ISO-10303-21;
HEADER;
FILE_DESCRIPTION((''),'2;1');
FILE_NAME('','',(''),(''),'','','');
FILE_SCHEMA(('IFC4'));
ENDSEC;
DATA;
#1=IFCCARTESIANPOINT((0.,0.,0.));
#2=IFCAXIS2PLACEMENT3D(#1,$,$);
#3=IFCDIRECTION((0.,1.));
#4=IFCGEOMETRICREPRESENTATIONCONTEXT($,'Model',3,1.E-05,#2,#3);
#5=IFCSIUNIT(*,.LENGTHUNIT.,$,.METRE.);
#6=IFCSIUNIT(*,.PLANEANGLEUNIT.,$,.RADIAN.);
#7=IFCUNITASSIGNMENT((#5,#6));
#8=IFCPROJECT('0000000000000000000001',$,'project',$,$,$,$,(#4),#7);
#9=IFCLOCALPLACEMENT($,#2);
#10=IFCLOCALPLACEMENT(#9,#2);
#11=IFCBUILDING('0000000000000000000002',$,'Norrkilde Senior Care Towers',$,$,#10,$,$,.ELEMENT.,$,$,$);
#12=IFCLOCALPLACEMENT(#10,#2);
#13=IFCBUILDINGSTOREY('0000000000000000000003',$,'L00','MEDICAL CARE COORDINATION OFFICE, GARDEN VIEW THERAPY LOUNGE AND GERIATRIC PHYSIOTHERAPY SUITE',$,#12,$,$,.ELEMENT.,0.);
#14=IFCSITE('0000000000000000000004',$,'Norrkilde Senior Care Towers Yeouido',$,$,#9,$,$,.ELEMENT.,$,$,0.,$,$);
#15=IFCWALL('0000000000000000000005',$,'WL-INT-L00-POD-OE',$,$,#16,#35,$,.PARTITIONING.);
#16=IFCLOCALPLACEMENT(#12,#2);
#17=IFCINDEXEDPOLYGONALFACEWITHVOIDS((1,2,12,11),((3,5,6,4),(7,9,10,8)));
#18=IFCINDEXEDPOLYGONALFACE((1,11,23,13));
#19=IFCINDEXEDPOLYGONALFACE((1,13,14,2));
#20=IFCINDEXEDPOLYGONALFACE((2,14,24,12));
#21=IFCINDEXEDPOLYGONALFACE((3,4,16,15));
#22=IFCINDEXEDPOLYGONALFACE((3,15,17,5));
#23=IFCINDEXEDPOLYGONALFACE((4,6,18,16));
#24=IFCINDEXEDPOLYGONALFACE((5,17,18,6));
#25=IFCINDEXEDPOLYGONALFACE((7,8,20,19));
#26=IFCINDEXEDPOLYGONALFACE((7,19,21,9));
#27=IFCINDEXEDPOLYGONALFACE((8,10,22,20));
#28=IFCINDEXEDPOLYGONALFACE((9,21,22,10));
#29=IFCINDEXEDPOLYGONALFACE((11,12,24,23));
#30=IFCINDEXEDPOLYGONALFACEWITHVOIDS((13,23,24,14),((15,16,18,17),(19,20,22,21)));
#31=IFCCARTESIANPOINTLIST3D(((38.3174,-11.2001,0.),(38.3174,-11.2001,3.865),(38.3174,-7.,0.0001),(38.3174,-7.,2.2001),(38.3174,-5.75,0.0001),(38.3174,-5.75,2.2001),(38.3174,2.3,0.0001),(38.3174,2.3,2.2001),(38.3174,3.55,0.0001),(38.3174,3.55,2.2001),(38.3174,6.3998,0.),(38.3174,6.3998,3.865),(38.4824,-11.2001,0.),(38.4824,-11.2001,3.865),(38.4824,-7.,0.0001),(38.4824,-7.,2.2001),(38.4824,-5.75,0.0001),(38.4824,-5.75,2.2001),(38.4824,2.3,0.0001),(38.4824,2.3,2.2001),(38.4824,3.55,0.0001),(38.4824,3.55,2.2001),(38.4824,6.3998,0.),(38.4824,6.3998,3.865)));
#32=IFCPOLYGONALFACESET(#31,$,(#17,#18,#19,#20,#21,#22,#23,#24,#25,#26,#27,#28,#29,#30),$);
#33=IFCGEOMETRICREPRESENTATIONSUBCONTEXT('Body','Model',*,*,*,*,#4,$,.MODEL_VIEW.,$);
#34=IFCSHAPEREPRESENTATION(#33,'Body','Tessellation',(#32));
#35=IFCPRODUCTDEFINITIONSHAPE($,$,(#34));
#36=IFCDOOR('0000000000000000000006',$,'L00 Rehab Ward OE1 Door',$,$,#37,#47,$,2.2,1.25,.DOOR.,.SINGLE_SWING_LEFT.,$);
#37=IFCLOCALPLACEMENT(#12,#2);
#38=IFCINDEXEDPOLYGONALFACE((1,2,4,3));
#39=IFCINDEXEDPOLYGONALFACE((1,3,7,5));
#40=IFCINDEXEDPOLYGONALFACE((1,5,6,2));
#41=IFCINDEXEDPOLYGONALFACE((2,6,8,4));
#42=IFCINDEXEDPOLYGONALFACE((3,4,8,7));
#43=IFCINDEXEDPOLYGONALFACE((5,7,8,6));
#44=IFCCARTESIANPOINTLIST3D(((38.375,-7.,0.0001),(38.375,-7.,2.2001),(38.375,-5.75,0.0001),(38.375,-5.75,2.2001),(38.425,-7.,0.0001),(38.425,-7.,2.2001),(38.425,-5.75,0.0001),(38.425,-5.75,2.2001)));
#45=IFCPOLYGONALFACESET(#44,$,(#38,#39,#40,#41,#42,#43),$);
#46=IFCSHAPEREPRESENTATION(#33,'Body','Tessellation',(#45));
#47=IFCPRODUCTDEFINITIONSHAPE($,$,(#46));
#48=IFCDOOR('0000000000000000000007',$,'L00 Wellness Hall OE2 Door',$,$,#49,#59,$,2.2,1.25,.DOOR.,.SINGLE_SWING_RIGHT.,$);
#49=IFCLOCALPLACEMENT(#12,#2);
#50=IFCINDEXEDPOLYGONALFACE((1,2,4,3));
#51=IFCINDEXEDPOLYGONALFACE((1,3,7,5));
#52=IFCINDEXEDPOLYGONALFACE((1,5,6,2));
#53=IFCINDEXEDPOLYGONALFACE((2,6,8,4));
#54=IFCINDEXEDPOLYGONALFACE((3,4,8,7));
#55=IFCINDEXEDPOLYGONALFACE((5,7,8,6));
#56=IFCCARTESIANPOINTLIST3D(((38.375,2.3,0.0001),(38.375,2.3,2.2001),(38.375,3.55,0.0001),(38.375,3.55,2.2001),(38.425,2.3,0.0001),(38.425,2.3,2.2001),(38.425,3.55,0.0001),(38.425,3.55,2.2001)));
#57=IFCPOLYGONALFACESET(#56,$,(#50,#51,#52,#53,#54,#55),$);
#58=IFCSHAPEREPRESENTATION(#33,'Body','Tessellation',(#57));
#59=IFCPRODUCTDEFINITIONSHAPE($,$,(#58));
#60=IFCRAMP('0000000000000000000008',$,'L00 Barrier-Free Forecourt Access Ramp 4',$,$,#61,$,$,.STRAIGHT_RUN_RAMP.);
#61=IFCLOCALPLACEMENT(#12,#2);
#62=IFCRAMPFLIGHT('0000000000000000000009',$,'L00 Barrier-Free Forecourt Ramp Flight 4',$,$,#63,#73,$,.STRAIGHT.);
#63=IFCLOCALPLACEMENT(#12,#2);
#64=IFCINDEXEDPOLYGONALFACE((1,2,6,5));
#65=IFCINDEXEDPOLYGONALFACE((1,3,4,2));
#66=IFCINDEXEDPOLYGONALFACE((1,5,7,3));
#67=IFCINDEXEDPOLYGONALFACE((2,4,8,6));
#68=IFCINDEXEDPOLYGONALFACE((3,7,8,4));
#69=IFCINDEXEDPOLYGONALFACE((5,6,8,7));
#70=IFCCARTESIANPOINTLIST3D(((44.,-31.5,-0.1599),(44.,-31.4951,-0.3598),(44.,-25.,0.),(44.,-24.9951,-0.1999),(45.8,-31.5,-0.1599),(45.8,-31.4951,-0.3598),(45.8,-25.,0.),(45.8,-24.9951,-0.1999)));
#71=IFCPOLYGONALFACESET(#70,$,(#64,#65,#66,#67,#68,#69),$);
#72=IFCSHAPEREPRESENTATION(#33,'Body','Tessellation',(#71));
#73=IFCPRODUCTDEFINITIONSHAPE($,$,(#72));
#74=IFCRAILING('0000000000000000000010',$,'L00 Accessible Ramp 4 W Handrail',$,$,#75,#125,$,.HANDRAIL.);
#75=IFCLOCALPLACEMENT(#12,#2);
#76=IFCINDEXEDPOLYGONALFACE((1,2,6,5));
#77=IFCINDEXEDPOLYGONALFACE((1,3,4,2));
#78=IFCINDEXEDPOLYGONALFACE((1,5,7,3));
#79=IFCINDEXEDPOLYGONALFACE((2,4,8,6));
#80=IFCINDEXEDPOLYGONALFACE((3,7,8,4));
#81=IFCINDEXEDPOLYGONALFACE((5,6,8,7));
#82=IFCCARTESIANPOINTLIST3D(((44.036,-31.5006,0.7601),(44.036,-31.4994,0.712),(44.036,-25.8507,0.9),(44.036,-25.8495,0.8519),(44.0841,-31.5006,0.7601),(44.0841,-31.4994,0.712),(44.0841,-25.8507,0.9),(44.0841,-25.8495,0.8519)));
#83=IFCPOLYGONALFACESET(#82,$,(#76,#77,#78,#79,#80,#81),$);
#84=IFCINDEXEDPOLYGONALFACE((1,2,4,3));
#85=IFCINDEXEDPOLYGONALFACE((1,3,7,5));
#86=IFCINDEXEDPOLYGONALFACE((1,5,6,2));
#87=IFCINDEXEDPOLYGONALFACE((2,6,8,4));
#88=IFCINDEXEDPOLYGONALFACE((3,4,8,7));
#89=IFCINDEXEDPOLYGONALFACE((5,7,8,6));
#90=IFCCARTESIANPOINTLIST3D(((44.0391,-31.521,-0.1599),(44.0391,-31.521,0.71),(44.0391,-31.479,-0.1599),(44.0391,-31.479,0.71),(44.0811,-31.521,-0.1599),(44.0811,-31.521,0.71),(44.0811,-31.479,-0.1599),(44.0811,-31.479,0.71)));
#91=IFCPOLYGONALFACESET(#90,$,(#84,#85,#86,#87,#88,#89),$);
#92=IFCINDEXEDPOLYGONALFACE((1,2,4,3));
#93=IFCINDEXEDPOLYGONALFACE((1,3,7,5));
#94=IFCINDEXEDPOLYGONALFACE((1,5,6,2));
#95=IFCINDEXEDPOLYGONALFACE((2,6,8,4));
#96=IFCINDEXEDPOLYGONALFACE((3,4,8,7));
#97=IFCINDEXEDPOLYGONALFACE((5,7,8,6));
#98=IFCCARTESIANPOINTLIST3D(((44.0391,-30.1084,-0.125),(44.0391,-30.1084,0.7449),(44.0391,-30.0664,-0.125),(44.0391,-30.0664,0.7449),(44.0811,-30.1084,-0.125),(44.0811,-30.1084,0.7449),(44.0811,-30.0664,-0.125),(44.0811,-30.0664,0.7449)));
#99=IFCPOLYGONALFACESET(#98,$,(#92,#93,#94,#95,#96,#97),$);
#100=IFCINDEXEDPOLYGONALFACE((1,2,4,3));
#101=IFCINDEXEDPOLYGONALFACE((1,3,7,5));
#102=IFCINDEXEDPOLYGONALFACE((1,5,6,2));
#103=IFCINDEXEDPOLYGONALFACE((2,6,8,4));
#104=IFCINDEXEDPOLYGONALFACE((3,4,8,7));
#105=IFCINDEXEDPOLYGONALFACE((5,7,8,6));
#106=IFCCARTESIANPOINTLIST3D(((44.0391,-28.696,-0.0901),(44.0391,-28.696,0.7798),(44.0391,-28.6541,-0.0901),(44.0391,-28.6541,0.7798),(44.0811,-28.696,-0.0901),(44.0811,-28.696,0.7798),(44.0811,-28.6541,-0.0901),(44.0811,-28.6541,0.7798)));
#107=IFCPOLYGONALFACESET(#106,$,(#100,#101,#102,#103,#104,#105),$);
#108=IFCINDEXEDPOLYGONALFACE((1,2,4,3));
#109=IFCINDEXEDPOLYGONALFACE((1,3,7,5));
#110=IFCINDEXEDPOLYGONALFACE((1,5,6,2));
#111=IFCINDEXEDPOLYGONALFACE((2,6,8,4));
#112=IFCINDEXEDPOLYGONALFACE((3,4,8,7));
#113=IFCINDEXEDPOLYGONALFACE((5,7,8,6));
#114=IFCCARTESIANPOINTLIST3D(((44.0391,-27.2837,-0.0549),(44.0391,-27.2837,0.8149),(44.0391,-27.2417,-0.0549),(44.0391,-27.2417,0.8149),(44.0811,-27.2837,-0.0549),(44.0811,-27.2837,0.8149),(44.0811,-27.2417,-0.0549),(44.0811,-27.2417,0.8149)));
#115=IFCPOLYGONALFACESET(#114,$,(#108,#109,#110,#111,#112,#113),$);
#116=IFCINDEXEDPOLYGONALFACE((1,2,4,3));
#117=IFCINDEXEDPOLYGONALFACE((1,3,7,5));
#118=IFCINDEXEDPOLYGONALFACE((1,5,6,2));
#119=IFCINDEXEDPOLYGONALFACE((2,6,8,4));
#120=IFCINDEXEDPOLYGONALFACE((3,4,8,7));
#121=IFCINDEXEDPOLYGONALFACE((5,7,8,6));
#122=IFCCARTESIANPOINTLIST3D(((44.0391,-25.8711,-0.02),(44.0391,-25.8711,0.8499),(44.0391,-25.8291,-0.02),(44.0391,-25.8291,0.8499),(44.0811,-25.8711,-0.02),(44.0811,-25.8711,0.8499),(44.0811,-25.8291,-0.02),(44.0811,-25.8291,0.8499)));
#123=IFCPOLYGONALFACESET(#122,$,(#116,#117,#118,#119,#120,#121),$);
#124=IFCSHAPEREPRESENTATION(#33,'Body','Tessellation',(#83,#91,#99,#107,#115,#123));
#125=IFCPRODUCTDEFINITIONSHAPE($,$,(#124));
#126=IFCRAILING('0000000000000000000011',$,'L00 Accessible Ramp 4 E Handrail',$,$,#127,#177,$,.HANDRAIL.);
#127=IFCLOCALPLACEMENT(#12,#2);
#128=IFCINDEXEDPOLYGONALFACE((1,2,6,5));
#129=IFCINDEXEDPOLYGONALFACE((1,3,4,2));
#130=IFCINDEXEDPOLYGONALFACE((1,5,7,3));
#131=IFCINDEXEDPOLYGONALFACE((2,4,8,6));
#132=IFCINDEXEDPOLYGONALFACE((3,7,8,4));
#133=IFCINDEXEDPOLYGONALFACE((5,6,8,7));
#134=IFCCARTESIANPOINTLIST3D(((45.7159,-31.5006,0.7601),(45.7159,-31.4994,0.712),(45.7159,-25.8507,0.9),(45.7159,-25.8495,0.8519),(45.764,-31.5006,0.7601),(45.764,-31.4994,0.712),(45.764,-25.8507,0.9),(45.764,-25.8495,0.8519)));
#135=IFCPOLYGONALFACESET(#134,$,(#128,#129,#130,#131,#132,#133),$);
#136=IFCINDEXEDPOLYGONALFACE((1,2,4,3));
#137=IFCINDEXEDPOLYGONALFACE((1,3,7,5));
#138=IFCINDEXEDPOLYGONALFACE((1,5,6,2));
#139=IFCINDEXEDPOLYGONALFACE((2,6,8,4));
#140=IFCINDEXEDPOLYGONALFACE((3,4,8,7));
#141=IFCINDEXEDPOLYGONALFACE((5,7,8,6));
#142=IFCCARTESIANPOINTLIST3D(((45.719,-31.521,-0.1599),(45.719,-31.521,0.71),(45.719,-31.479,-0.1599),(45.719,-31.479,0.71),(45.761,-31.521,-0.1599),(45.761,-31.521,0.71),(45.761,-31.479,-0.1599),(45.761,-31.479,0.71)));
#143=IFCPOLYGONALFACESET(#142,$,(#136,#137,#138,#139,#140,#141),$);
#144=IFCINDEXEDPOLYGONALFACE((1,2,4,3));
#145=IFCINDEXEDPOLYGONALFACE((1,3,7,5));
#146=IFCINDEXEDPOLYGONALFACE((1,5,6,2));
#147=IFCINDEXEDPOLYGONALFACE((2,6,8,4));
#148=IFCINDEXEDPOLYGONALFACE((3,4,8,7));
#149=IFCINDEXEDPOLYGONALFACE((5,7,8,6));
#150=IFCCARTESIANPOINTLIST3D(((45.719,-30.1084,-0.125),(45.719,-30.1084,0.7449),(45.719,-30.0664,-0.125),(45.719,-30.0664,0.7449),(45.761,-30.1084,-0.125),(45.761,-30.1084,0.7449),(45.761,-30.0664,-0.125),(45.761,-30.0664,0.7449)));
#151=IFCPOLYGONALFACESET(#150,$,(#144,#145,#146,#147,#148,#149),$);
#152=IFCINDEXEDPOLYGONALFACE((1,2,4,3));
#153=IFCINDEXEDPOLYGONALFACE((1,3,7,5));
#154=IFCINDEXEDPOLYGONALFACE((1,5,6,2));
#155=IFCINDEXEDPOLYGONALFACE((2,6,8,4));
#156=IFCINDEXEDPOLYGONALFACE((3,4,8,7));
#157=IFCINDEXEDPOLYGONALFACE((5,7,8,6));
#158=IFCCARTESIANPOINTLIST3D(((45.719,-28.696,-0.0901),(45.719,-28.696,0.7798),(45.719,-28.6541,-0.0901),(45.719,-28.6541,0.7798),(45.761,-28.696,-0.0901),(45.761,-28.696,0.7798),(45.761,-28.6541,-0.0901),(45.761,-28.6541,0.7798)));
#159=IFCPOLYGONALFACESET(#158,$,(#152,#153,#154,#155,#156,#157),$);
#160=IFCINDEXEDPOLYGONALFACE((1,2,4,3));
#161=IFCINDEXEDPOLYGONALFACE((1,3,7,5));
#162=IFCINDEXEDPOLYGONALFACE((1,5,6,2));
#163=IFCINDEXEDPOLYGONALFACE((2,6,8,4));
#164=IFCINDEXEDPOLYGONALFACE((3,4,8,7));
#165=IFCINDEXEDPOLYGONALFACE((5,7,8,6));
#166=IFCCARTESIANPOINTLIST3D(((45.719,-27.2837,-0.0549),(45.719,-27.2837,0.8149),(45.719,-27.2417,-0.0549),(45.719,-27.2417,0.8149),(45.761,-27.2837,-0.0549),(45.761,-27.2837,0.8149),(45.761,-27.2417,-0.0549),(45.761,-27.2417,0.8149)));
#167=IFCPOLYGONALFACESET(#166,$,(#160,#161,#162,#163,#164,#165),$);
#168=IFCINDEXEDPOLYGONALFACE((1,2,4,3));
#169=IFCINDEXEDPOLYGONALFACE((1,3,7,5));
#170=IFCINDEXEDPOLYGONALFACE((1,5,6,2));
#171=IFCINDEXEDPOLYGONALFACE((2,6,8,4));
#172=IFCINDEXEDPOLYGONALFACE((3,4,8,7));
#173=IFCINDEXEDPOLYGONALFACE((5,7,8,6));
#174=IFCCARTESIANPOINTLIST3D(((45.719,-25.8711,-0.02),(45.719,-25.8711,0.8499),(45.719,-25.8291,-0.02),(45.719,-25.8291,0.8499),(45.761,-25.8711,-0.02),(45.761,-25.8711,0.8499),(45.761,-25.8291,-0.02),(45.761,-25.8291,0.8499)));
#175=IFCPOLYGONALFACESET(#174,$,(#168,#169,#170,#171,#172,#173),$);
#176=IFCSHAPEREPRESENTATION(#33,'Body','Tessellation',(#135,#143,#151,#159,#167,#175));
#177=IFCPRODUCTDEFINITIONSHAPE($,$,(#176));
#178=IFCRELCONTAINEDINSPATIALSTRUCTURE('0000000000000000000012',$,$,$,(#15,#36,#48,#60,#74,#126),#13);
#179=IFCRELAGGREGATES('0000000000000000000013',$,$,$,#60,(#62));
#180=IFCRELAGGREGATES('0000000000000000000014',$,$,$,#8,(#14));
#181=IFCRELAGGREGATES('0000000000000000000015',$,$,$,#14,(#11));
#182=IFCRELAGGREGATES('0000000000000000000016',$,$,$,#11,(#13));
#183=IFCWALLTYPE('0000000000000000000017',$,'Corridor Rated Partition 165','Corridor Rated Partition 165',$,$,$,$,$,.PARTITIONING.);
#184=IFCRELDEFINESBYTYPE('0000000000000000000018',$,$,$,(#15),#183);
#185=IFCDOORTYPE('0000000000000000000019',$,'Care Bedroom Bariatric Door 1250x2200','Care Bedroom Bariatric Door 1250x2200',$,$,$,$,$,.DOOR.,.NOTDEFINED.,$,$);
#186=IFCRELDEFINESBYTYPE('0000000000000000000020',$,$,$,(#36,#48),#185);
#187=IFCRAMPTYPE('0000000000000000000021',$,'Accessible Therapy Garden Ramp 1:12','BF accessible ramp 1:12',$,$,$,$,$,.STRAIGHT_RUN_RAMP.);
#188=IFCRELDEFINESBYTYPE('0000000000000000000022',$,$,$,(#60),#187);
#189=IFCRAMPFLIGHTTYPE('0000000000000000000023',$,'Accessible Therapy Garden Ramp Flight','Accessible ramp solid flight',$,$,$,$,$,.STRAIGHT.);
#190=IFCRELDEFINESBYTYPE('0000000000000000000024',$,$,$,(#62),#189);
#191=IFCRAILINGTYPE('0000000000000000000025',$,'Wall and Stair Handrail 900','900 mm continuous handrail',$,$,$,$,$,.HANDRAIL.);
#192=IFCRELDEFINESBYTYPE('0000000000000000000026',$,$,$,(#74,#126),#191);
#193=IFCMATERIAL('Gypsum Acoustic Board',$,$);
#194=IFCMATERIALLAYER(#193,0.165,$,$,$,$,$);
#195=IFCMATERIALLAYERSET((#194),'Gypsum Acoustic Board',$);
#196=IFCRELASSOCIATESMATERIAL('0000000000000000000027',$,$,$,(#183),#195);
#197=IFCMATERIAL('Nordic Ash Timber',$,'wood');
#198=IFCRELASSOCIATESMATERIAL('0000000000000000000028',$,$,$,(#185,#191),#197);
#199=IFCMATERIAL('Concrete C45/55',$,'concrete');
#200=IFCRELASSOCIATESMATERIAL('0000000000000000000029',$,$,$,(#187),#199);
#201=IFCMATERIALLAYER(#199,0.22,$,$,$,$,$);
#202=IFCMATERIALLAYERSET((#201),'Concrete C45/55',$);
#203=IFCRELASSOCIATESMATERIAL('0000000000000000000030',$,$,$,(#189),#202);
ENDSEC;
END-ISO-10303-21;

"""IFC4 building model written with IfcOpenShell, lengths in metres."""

from ifc_helpers import new_model, si_unit, direction, frame, frame_2d, origin, origin_2d, place, context, subcontext, project, spatial, polyline, rectangle, outline, extrude, source, transform, mapped, material, layer, layer_set, type_object, type_shapes, element, fill, aggregate, save


model = new_model("IFC4")

# Units and contexts
model_context = context("Model", 3, precision=1e-05, world=origin(), true_north=direction((0.0, 1.0)))
body_context = subcontext(model_context, "Body", "Model", "MODEL_VIEW")
ifc_project = project(units=[si_unit("LENGTHUNIT", "METRE"), si_unit("PLANEANGLEUNIT", "RADIAN")], contexts=[model_context])

# Site, building, storey
site_placement = place(None, origin())
site = spatial("IfcSite", under=ifc_project, at=site_placement, Name="Norrkilde Senior Care Towers Yeouido", CompositionType="ELEMENT", RefElevation=0.0)
building_placement = place(site_placement, origin())
building = spatial("IfcBuilding", under=site, at=building_placement, Name="Norrkilde Senior Care Towers", CompositionType="ELEMENT")
storey_placement = place(building_placement, origin())
storey = spatial("IfcBuildingStorey", under=building, at=storey_placement, Name="L00", Description="MEDICAL CARE COORDINATION OFFICE, GARDEN VIEW THERAPY LOUNGE AND GERIATRIC PHYSIOTHERAPY SUITE", CompositionType="ELEMENT", Elevation=0.0)

# Wall, openings, doors
ifc_material_1 = material(Name="Gypsum Acoustic Board")
ifc_layer_1 = layer(ifc_material_1, 0.165)
ifc_layer_set_1 = layer_set([ifc_layer_1], Name="Gypsum Acoustic Board")
wall_type_1 = type_object("IfcWallType", Name="Corridor Rated Partition 165", Description="Corridor Rated Partition 165", PredefinedType="PARTITIONING", material=ifc_layer_set_1)
shared_shape_1 = source(origin(), body_context, "Body", "SweptSolid", [
    extrude(rectangle(XDim=17.5999, YDim=0.165, at=frame_2d((8.7998, 0.0))), origin(), (0.0, 0.0, 1.0), 3.865),
])
type_shapes(wall_type_1, [shared_shape_1])
wall_1_placement = place(storey_placement, frame((38.3999, -11.2, 0.0), z_axis=(0.0, 0.0, 1.0), x_axis=(0.0, 1.0, 0.0)))
wall_1 = element("IfcWall", 1, at=wall_1_placement, inside=storey, type_object=wall_type_1, Name="WL-INT-L00-POD-OE", PredefinedType="PARTITIONING", context=body_context, shape_type="MappedRepresentation", body=[
    mapped(shared_shape_1, transform((0.0, 0.0, 0.0), x_axis=(1.0, 0.0, 0.0), y_axis=(0.0, 1.0, 0.0), z_axis=(0.0, 0.0, 1.0), scale=1.0)),
])
opening_1_placement = place(wall_1_placement, frame((4.2, 0.0, 0.0)))
opening_1 = element("IfcOpeningElement", 2, at=opening_1_placement, cuts=wall_1, PredefinedType="OPENING", context=body_context, shape_type="SweptSolid", body=[
    extrude(rectangle(XDim=1.25, YDim=2.2, at=frame_2d((0.625, 1.1001))), frame((0.0, 0.0925, 0.0), z_axis=(0.0, -1.0, 0.0), x_axis=(1.0, 0.0, 0.0)), (0.0, 0.0, 1.0), 0.1851),
])
opening_2_placement = place(wall_1_placement, frame((13.5, 0.0, 0.0)))
opening_2 = element("IfcOpeningElement", 3, at=opening_2_placement, cuts=wall_1, PredefinedType="OPENING", context=body_context, shape_type="SweptSolid", body=[
    extrude(rectangle(XDim=1.25, YDim=2.2, at=frame_2d((0.625, 1.1001))), frame((0.0, 0.0925, 0.0), z_axis=(0.0, -1.0, 0.0), x_axis=(1.0, 0.0, 0.0)), (0.0, 0.0, 1.0), 0.1851),
])
ifc_material_2 = material(Name="Nordic Ash Timber", Category="wood")
door_type_1 = type_object("IfcDoorType", Name="Care Bedroom Bariatric Door 1250x2200", Description="Care Bedroom Bariatric Door 1250x2200", OperationType="NOTDEFINED", PredefinedType="DOOR", material=ifc_material_2)
shared_shape_2 = source(origin(), body_context, "Body", "SweptSolid", [
    extrude(rectangle(XDim=1.25, YDim=2.2, at=frame_2d((0.625, 1.1001))), frame((0.0, 0.0249, 0.0), z_axis=(0.0, -1.0, 0.0), x_axis=(1.0, 0.0, 0.0)), (0.0, 0.0, 1.0), 0.05),
])
type_shapes(door_type_1, [shared_shape_2])
door_1_placement = place(opening_1_placement, origin())
door_1 = element("IfcDoor", 4, at=door_1_placement, inside=storey, type_object=door_type_1, Name="L00 Rehab Ward OE1 Door", OperationType="SINGLE_SWING_LEFT", OverallHeight=2.2, OverallWidth=1.25, PredefinedType="DOOR", context=body_context, shape_type="MappedRepresentation", body=[
    mapped(shared_shape_2, transform((0.0, 0.0, 0.0), x_axis=(1.0, 0.0, 0.0), y_axis=(0.0, 1.0, 0.0), z_axis=(0.0, 0.0, 1.0), scale=1.0)),
])
fill(opening_1, door_1)
door_2_placement = place(opening_2_placement, origin())
door_2 = element("IfcDoor", 5, at=door_2_placement, inside=storey, type_object=door_type_1, Name="L00 Wellness Hall OE2 Door", OperationType="SINGLE_SWING_RIGHT", OverallHeight=2.2, OverallWidth=1.25, PredefinedType="DOOR", context=body_context, shape_type="MappedRepresentation", body=[
    mapped(shared_shape_2, transform((0.0, 0.0, 0.0), x_axis=(1.0, 0.0, 0.0), y_axis=(0.0, 1.0, 0.0), z_axis=(0.0, 0.0, 1.0), scale=1.0)),
])
fill(opening_2, door_2)

# Ramp, ramp flight
ifc_material_3 = material(Name="Concrete C45/55", Category="concrete")
ramp_type = type_object("IfcRampType", Name="Accessible Therapy Garden Ramp 1:12", Description="BF accessible ramp 1:12", PredefinedType="STRAIGHT_RUN_RAMP", material=ifc_material_3)
ramp_placement = place(storey_placement, origin())
ramp = element("IfcRamp", 6, at=ramp_placement, inside=storey, type_object=ramp_type, Name="L00 Barrier-Free Forecourt Access Ramp 4", PredefinedType="STRAIGHT_RUN_RAMP")
ifc_layer_2 = layer(ifc_material_3, 0.22)
ifc_layer_set_2 = layer_set([ifc_layer_2], Name="Concrete C45/55")
ramp_flight_type = type_object("IfcRampFlightType", Name="Accessible Therapy Garden Ramp Flight", Description="Accessible ramp solid flight", PredefinedType="STRAIGHT", material=ifc_layer_set_2)
ramp_flight_placement = place(storey_placement, frame((44.0, -31.5, -0.1599), z_axis=(0.0, -0.024594, 0.999698), x_axis=(0.0, 0.999698, 0.024594)))
ramp_flight = element("IfcRampFlight", 7, at=ramp_flight_placement, type_object=ramp_flight_type, Name="L00 Barrier-Free Forecourt Ramp Flight 4", PredefinedType="STRAIGHT", context=body_context, shape_type="SweptSolid", body=[
    extrude(outline(polyline([(0.0, 0.0), (6.502, 0.0), (6.502, -1.8), (0.0, -1.8), (0.0, 0.0)])), origin(), (0.0, 0.0, -1.0), 0.2),
])
aggregate(ramp, [ramp_flight])

# Railings
railing_type = type_object("IfcRailingType", Name="Wall and Stair Handrail 900", Description="900 mm continuous handrail", PredefinedType="HANDRAIL", material=ifc_material_2)
for number, where, name in (
    (8, (44.0601, -31.5, -0.1599), "L00 Accessible Ramp 4 W Handrail"),
    (9, (45.74, -31.5, -0.1599), "L00 Accessible Ramp 4 E Handrail"),
):
    element("IfcRailing", number, at=place(storey_placement, frame(where)), inside=storey, type_object=railing_type, Name=name, PredefinedType="HANDRAIL", context=body_context, shape_type="SweptSolid", body=[
        extrude(rectangle(XDim=0.0481, YDim=0.0481, at=origin_2d()), frame((0.0, 0.0, 0.896), z_axis=(0.0, 0.999694, 0.024753), x_axis=(-1.0, 0.0, 0.0)), (0.0, 0.0, 1.0), 5.6516),
        extrude(rectangle(XDim=0.042, YDim=0.042, at=origin_2d()), origin(), (0.0, 0.0, 1.0), 0.8699),
        extrude(rectangle(XDim=0.042, YDim=0.042, at=origin_2d()), frame((0.0, 1.4126, 0.0349)), (0.0, 0.0, 1.0), 0.8699),
        extrude(rectangle(XDim=0.042, YDim=0.042, at=origin_2d()), frame((0.0, 2.825, 0.0698)), (0.0, 0.0, 1.0), 0.8699),
        extrude(rectangle(XDim=0.042, YDim=0.042, at=origin_2d()), frame((0.0, 4.2373, 0.105)), (0.0, 0.0, 1.0), 0.8699),
        extrude(rectangle(XDim=0.042, YDim=0.042, at=origin_2d()), frame((0.0, 5.6499, 0.1399)), (0.0, 0.0, 1.0), 0.8699),
    ])

save(model, "model.ifc")
